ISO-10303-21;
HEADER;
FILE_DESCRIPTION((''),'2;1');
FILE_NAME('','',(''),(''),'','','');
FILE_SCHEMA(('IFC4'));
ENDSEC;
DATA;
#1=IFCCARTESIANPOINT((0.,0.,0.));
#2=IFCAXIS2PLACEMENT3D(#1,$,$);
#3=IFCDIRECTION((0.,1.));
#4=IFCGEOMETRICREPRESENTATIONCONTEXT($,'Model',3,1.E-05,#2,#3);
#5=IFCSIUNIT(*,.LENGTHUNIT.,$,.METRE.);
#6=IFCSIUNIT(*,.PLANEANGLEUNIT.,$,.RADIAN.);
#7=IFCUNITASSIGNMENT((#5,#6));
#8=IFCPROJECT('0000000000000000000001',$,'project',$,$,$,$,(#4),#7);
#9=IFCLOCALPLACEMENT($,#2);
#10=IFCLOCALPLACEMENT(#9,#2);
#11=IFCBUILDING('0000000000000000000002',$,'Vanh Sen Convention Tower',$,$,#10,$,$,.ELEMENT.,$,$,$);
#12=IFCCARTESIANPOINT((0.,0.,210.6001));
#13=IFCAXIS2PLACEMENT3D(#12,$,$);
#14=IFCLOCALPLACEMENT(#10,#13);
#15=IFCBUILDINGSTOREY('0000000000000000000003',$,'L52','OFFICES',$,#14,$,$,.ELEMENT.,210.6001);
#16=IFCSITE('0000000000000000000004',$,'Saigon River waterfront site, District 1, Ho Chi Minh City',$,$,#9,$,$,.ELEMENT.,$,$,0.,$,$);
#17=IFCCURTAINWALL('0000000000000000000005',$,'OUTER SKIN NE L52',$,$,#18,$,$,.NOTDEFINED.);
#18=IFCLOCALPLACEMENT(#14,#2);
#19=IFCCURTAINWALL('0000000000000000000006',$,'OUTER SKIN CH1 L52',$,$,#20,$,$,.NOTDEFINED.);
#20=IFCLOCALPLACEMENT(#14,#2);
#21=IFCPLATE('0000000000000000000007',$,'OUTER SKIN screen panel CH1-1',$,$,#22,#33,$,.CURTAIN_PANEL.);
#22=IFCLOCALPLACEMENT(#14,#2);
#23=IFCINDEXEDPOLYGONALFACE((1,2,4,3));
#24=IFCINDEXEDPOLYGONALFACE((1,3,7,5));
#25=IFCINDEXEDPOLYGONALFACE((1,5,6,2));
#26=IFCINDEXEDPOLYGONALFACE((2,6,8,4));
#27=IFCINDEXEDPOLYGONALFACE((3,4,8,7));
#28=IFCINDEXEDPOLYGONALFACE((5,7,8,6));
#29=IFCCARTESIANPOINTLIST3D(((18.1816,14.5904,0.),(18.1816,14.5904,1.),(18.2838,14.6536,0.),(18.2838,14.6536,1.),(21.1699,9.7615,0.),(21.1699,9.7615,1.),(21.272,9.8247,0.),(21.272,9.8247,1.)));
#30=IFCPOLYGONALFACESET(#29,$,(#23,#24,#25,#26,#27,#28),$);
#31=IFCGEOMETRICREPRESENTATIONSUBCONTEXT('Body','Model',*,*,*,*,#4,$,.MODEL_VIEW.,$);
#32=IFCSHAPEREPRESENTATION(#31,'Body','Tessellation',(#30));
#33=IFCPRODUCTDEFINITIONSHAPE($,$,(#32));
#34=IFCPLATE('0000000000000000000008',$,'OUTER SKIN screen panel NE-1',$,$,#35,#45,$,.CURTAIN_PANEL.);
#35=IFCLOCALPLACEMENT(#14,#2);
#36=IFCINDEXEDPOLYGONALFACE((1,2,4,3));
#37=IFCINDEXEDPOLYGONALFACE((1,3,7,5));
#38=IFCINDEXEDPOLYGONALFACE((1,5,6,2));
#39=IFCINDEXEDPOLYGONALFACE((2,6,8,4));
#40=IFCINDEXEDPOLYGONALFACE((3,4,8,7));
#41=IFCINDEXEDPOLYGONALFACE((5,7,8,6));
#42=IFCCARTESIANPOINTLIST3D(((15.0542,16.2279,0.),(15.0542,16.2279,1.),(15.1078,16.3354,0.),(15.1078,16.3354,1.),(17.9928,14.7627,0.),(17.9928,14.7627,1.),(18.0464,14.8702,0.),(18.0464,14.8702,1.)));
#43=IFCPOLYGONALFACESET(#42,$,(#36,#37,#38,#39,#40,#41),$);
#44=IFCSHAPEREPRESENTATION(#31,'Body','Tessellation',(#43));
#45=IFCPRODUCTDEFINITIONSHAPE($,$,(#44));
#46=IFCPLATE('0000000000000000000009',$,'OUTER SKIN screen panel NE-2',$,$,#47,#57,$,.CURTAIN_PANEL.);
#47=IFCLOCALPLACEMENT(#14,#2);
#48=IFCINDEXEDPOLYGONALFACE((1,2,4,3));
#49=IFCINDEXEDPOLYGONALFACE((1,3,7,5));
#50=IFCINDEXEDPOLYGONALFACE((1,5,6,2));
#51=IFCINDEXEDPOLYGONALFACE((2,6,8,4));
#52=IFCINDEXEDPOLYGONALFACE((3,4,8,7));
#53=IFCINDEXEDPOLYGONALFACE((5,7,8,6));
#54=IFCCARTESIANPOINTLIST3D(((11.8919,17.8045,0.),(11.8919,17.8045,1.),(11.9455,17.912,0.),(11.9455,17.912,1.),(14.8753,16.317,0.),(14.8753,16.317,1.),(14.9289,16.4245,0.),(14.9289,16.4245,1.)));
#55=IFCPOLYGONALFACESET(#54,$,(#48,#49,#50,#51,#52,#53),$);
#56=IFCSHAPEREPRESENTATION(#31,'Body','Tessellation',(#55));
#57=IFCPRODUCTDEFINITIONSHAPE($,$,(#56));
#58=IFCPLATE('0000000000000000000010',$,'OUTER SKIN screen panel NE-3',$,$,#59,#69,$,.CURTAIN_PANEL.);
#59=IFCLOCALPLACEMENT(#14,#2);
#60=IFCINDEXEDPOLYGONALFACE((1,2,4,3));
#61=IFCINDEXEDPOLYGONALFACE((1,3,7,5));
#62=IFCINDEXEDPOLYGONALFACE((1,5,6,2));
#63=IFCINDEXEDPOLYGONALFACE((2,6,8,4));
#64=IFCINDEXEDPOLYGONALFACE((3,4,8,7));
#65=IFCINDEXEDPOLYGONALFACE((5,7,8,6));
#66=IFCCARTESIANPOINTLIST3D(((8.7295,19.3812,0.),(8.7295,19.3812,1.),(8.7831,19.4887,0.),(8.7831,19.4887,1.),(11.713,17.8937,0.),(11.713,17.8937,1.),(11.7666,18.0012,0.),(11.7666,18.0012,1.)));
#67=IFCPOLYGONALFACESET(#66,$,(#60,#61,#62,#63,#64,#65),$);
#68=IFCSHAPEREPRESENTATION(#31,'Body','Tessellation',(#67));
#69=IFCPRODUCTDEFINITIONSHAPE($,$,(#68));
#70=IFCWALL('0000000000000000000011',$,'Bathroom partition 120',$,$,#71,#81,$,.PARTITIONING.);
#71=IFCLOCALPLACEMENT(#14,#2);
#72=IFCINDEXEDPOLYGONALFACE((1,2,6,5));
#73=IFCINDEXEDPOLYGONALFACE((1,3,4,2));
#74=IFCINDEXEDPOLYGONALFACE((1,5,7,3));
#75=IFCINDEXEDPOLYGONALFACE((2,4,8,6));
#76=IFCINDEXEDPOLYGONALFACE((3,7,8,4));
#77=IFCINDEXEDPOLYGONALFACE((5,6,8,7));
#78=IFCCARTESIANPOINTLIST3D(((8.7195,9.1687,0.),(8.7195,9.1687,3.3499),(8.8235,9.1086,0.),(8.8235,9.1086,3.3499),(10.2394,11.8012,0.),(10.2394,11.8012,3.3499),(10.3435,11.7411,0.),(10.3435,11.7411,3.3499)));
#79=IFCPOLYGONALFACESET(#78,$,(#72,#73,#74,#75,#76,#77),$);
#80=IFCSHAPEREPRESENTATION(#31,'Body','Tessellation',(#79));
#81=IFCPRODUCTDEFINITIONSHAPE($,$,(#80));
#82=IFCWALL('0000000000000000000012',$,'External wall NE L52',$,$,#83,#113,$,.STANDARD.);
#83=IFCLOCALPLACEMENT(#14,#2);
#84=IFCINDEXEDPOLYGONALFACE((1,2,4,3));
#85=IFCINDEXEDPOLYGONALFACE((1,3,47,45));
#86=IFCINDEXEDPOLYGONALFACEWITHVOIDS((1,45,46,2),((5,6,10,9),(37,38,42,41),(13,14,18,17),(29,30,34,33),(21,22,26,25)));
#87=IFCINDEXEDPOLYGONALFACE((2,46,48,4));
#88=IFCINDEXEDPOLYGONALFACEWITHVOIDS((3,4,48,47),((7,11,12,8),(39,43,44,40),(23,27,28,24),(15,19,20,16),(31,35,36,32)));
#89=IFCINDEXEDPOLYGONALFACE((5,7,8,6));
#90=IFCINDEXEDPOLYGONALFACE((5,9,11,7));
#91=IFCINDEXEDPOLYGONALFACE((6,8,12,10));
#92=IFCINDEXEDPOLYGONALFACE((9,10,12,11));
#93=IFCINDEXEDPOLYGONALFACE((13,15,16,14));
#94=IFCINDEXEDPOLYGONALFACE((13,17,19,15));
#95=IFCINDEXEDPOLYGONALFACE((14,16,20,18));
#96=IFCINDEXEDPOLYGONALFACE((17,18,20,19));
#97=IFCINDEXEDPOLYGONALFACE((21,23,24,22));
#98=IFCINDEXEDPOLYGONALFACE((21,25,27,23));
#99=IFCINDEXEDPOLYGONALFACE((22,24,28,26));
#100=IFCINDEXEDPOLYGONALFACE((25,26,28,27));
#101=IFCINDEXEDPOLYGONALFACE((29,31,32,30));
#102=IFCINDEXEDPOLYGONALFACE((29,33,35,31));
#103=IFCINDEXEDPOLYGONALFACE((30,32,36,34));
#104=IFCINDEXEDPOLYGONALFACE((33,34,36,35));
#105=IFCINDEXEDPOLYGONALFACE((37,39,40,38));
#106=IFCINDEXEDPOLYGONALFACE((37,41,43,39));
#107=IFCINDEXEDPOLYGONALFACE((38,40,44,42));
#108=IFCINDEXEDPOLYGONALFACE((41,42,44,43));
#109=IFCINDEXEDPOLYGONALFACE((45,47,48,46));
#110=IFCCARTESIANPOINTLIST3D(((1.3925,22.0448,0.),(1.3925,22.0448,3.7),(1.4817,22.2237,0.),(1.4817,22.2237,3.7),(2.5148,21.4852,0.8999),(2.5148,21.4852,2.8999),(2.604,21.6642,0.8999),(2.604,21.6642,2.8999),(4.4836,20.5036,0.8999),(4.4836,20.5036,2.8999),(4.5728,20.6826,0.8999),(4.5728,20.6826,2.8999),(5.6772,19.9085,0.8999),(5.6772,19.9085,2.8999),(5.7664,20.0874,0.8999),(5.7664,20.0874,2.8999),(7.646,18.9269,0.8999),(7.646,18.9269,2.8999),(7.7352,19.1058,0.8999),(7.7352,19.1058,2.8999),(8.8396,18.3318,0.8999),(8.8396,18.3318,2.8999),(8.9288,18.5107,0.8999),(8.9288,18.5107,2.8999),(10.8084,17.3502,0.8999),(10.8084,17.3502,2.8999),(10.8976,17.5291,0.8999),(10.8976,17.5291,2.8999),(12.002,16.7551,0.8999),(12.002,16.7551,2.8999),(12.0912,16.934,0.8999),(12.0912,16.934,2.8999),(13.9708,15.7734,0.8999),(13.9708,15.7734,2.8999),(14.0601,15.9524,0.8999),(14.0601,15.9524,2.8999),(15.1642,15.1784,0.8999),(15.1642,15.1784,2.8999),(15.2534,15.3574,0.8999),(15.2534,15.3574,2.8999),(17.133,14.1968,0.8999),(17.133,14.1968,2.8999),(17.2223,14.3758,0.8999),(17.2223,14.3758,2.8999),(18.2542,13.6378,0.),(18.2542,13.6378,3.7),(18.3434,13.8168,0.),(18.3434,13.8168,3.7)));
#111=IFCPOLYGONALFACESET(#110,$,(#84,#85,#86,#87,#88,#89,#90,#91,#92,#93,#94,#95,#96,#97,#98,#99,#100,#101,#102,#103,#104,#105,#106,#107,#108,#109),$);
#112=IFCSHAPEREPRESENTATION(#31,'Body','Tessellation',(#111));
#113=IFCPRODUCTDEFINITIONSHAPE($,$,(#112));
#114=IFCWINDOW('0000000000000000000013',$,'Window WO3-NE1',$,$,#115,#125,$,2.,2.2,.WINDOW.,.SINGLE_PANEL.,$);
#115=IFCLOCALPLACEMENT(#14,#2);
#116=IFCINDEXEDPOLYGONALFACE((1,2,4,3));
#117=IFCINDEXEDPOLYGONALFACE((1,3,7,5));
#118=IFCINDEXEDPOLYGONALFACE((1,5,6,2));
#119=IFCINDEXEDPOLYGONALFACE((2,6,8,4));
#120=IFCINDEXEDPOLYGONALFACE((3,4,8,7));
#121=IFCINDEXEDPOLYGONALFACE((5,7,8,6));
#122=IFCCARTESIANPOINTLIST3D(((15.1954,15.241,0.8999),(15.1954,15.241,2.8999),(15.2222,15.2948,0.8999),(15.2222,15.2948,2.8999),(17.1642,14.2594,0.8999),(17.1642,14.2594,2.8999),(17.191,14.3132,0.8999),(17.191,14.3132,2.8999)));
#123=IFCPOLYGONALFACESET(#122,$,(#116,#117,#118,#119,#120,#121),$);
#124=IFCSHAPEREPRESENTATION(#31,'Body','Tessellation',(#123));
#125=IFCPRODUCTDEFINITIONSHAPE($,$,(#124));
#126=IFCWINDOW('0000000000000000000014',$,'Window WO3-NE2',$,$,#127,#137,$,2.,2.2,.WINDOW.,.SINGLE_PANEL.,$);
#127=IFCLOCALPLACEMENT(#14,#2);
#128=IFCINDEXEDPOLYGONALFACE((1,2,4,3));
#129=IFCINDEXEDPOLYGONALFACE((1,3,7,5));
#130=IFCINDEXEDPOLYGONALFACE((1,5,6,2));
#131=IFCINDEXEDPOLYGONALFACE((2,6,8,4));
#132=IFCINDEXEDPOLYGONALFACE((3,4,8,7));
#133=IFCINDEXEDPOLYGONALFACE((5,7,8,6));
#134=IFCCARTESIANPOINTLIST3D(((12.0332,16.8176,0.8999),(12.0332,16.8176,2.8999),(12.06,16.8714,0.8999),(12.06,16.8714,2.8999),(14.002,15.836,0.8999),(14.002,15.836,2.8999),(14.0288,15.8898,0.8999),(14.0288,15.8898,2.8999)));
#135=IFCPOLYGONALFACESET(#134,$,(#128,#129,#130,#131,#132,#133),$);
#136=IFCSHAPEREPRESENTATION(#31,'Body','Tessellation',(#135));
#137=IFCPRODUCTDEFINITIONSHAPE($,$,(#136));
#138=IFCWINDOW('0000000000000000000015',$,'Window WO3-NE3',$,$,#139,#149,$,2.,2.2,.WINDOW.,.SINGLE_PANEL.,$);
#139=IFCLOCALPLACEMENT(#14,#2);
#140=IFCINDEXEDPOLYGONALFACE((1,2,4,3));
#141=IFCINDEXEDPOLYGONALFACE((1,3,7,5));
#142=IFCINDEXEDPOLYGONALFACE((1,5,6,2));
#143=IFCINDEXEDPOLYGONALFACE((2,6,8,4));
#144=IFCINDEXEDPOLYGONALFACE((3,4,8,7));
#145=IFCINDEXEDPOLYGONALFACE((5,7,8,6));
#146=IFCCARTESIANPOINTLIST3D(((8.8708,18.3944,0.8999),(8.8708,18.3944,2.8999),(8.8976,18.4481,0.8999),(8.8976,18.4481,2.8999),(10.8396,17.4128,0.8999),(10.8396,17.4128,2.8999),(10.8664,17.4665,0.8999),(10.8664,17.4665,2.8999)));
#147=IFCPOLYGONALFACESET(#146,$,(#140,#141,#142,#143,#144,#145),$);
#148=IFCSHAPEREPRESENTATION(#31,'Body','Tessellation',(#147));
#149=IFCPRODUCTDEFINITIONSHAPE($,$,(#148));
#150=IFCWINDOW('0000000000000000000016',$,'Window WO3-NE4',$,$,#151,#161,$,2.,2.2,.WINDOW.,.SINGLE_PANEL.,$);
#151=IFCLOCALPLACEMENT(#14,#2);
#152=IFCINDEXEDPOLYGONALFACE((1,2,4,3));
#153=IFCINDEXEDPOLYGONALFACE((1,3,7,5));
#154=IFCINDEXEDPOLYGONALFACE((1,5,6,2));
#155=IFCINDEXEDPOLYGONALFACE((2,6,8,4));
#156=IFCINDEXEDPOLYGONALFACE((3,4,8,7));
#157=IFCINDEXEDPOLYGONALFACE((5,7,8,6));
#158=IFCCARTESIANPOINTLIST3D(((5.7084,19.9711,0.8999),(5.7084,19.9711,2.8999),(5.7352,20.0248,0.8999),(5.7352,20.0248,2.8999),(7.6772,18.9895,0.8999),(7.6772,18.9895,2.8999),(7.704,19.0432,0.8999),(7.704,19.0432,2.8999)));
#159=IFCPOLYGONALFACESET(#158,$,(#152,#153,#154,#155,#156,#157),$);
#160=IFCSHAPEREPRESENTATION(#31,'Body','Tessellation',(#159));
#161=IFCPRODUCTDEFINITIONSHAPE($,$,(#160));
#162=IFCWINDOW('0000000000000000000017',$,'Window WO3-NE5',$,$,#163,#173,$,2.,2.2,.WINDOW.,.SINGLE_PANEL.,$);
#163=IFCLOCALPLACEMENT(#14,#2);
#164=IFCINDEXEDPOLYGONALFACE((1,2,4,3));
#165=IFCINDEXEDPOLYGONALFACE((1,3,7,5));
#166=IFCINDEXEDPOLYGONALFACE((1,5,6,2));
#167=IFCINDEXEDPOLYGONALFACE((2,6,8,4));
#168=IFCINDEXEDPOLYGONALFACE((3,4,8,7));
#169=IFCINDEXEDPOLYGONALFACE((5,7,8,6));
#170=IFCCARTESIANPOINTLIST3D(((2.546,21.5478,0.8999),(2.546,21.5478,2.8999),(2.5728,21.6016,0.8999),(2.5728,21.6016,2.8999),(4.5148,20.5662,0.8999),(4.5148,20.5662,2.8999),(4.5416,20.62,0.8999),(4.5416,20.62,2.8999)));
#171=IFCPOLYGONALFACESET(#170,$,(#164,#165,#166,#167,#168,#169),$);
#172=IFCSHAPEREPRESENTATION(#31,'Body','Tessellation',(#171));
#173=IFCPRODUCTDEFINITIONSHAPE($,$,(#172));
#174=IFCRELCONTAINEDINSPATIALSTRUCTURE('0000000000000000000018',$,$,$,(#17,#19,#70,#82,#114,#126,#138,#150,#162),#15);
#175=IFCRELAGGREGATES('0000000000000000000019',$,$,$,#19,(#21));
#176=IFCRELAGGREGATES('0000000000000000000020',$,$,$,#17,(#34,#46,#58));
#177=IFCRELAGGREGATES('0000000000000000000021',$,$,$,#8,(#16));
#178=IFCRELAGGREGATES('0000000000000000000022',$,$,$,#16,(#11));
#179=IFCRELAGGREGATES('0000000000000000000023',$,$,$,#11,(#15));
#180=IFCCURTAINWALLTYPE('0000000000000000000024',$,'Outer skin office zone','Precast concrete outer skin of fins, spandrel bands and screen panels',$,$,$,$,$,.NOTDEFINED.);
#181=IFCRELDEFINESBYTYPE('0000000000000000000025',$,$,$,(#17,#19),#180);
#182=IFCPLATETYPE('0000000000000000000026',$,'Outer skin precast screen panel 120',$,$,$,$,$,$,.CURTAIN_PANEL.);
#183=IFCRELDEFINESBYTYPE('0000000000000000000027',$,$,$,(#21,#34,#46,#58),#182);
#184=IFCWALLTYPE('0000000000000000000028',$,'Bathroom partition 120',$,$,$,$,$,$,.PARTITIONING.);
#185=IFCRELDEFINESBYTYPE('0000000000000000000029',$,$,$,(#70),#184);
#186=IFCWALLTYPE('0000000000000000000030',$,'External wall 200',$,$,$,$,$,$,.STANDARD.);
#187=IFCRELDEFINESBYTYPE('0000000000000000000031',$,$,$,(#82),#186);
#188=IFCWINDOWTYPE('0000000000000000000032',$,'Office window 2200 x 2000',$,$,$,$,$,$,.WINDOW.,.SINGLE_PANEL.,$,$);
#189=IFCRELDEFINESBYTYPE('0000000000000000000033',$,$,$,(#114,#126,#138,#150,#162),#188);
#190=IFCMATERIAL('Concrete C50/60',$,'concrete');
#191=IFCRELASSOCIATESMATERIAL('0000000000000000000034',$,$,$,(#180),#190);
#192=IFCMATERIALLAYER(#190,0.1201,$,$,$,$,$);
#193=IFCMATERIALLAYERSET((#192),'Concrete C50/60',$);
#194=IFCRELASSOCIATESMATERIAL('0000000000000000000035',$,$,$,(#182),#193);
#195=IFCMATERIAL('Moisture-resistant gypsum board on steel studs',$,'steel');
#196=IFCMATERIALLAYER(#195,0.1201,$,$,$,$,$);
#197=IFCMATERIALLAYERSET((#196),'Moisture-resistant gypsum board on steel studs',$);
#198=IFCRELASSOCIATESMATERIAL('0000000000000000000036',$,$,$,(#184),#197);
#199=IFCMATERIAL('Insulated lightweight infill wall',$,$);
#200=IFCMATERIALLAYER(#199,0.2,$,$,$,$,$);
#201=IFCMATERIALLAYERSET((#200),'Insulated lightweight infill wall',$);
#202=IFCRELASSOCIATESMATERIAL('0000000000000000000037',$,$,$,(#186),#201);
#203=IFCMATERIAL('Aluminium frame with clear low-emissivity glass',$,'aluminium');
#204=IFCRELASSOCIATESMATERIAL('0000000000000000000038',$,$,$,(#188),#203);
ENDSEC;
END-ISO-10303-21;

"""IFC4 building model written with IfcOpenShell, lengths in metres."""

from ifc_helpers import new_model, si_unit, direction, frame, frame_2d, origin, origin_2d, place, context, subcontext, project, spatial, rectangle, extrude, material, layer, layer_set, type_object, element, fill, aggregate, save


model = new_model("IFC4")

# Units and contexts
model_context = context("Model", 3, precision=1e-05, world=origin(), true_north=direction((0.0, 1.0)))
body_context = subcontext(model_context, "Body", "Model", "MODEL_VIEW")
ifc_project = project(units=[si_unit("LENGTHUNIT", "METRE"), si_unit("PLANEANGLEUNIT", "RADIAN")], contexts=[model_context])

# Site, building, storey
site_placement = place(None, origin())
site = spatial("IfcSite", under=ifc_project, at=site_placement, Name="Saigon River waterfront site, District 1, Ho Chi Minh City", CompositionType="ELEMENT", RefElevation=0.0)
building_placement = place(site_placement, origin())
building = spatial("IfcBuilding", under=site, at=building_placement, Name="Vanh Sen Convention Tower", CompositionType="ELEMENT")
storey_placement = place(building_placement, frame((0.0, 0.0, 210.6001)))
storey = spatial("IfcBuildingStorey", under=building, at=storey_placement, Name="L52", Description="OFFICES", CompositionType="ELEMENT", Elevation=210.6001)

# Curtain wall
ifc_material_1 = material(Name="Concrete C50/60", Category="concrete")
curtain_wall_type = type_object("IfcCurtainWallType", Name="Outer skin office zone", Description="Precast concrete outer skin of fins, spandrel bands and screen panels", PredefinedType="NOTDEFINED", material=ifc_material_1)
curtain_wall_1_placement = place(storey_placement, origin())
curtain_wall_1 = element("IfcCurtainWall", 1, at=curtain_wall_1_placement, inside=storey, type_object=curtain_wall_type, Name="OUTER SKIN NE L52", PredefinedType="NOTDEFINED")

# Curtain wall, plate
curtain_wall_2_placement = place(storey_placement, origin())
curtain_wall_2 = element("IfcCurtainWall", 2, at=curtain_wall_2_placement, inside=storey, type_object=curtain_wall_type, Name="OUTER SKIN CH1 L52", PredefinedType="NOTDEFINED")
ifc_layer_1 = layer(ifc_material_1, 0.1201)
ifc_layer_set_1 = layer_set([ifc_layer_1], Name="Concrete C50/60")
plate_type = type_object("IfcPlateType", Name="Outer skin precast screen panel 120", PredefinedType="CURTAIN_PANEL", material=ifc_layer_set_1)
plate_1_placement = place(storey_placement, frame((19.7268, 12.2075, 0.0), z_axis=(0.0, 0.0, 1.0), x_axis=(-0.526217, 0.85035, 0.0)))
plate_1 = element("IfcPlate", 3, at=plate_1_placement, type_object=plate_type, Name="OUTER SKIN screen panel CH1-1", PredefinedType="CURTAIN_PANEL", context=body_context, shape_type="SweptSolid", body=[
    extrude(rectangle(XDim=5.6787, YDim=0.1201, at=origin_2d()), origin(), (0.0, 0.0, 1.0), 1.0),
])
aggregate(curtain_wall_2, [plate_1])

# Plates
plate_2_placement = place(storey_placement, frame((16.5503, 15.5491, 0.0), z_axis=(0.0, 0.0, 1.0), x_axis=(-0.89493, 0.446206, 0.0)))
plate_2 = element("IfcPlate", 4, at=plate_2_placement, type_object=plate_type, Name="OUTER SKIN screen panel NE-1", PredefinedType="CURTAIN_PANEL", context=body_context, shape_type="SweptSolid", body=[
    extrude(rectangle(XDim=3.2837, YDim=0.1201, at=origin_2d()), origin(), (0.0, 0.0, 1.0), 1.0),
])
plate_3_placement = place(storey_placement, frame((13.4104, 17.1145, 0.0), z_axis=(0.0, 0.0, 1.0), x_axis=(-0.894936, 0.446195, 0.0)))
plate_3 = element("IfcPlate", 5, at=plate_3_placement, type_object=plate_type, Name="OUTER SKIN screen panel NE-2", PredefinedType="CURTAIN_PANEL", context=body_context, shape_type="SweptSolid", body=[
    extrude(rectangle(XDim=3.3337, YDim=0.1201, at=origin_2d()), origin(), (0.0, 0.0, 1.0), 1.0),
])
plate_4_placement = place(storey_placement, frame((10.248, 18.6912, 0.0), z_axis=(0.0, 0.0, 1.0), x_axis=(-0.894936, 0.446195, 0.0)))
plate_4 = element("IfcPlate", 6, at=plate_4_placement, type_object=plate_type, Name="OUTER SKIN screen panel NE-3", PredefinedType="CURTAIN_PANEL", context=body_context, shape_type="SweptSolid", body=[
    extrude(rectangle(XDim=3.3337, YDim=0.1201, at=origin_2d()), origin(), (0.0, 0.0, 1.0), 1.0),
])
aggregate(curtain_wall_1, [plate_2, plate_3, plate_4])

# Wall
ifc_material_2 = material(Name="Moisture-resistant gypsum board on steel studs", Category="steel")
ifc_layer_2 = layer(ifc_material_2, 0.1201)
ifc_layer_set_2 = layer_set([ifc_layer_2], Name="Moisture-resistant gypsum board on steel studs")
wall_type_1 = type_object("IfcWallType", Name="Bathroom partition 120", PredefinedType="PARTITIONING", material=ifc_layer_set_2)
wall_1_placement = place(storey_placement, frame((10.2915, 11.7712, 0.0), z_axis=(0.0, 0.0, 1.0), x_axis=(-0.500026, -0.86601, 0.0)))
element("IfcWall", 7, at=wall_1_placement, inside=storey, type_object=wall_type_1, Name="Bathroom partition 120", PredefinedType="PARTITIONING", context=body_context, shape_type="SweptSolid", body=[
    extrude(rectangle(XDim=3.0398, YDim=0.1201, at=frame_2d((1.52, 0.0))), origin(), (0.0, 0.0, 1.0), 3.3499),
])

# Wall, openings, windows
ifc_material_3 = material(Name="Insulated lightweight infill wall")
ifc_layer_3 = layer(ifc_material_3, 0.2)
ifc_layer_set_3 = layer_set([ifc_layer_3], Name="Insulated lightweight infill wall")
wall_type_2 = type_object("IfcWallType", Name="External wall 200", PredefinedType="STANDARD", material=ifc_layer_set_3)
wall_2_placement = place(storey_placement, frame((18.2988, 13.7273, 0.0), z_axis=(0.0, 0.0, 1.0), x_axis=(-0.894935, 0.446197, 0.0)))
wall_2 = element("IfcWall", 8, at=wall_2_placement, inside=storey, type_object=wall_type_2, Name="External wall NE L52", PredefinedType="STANDARD", context=body_context, shape_type="SweptSolid", body=[
    extrude(rectangle(XDim=18.8413, YDim=0.2, at=frame_2d((9.4207, 0.0))), origin(), (0.0, 0.0, 1.0), 3.7),
])
opening_1_placement = place(wall_2_placement, frame((1.2527, 0.0, 0.8999)))
opening_1 = element("IfcOpeningElement", 9, at=opening_1_placement, cuts=wall_2, PredefinedType="OPENING", context=body_context, shape_type="SweptSolid", body=[
    extrude(rectangle(XDim=2.2, YDim=2.0, at=frame_2d((1.1001, 1.0))), frame((0.0, 0.1099, 0.0), z_axis=(0.0, -1.0, 0.0), x_axis=(1.0, 0.0, 0.0)), (0.0, 0.0, 1.0), 0.22),
])
opening_2_placement = place(wall_2_placement, frame((4.7861, 0.0, 0.8999)))
opening_2 = element("IfcOpeningElement", 10, at=opening_2_placement, cuts=wall_2, PredefinedType="OPENING", context=body_context, shape_type="SweptSolid", body=[
    extrude(rectangle(XDim=2.2, YDim=2.0, at=frame_2d((1.1001, 1.0))), frame((0.0, 0.1099, 0.0), z_axis=(0.0, -1.0, 0.0), x_axis=(1.0, 0.0, 0.0)), (0.0, 0.0, 1.0), 0.22),
])
opening_3_placement = place(wall_2_placement, frame((8.3198, 0.0, 0.8999)))
opening_3 = element("IfcOpeningElement", 11, at=opening_3_placement, cuts=wall_2, PredefinedType="OPENING", context=body_context, shape_type="SweptSolid", body=[
    extrude(rectangle(XDim=2.2, YDim=2.0, at=frame_2d((1.1001, 1.0))), frame((0.0, 0.1099, 0.0), z_axis=(0.0, -1.0, 0.0), x_axis=(1.0, 0.0, 0.0)), (0.0, 0.0, 1.0), 0.22),
])
opening_4_placement = place(wall_2_placement, frame((11.8535, 0.0, 0.8999)))
opening_4 = element("IfcOpeningElement", 12, at=opening_4_placement, cuts=wall_2, PredefinedType="OPENING", context=body_context, shape_type="SweptSolid", body=[
    extrude(rectangle(XDim=2.2, YDim=2.0, at=frame_2d((1.1001, 1.0))), frame((0.0, 0.1099, 0.0), z_axis=(0.0, -1.0, 0.0), x_axis=(1.0, 0.0, 0.0)), (0.0, 0.0, 1.0), 0.22),
])
opening_5_placement = place(wall_2_placement, frame((15.3872, 0.0, 0.8999)))
opening_5 = element("IfcOpeningElement", 13, at=opening_5_placement, cuts=wall_2, PredefinedType="OPENING", context=body_context, shape_type="SweptSolid", body=[
    extrude(rectangle(XDim=2.2, YDim=2.0, at=frame_2d((1.1001, 1.0))), frame((0.0, 0.1099, 0.0), z_axis=(0.0, -1.0, 0.0), x_axis=(1.0, 0.0, 0.0)), (0.0, 0.0, 1.0), 0.22),
])
ifc_material_4 = material(Name="Aluminium frame with clear low-emissivity glass", Category="aluminium")
window_type = type_object("IfcWindowType", Name="Office window 2200 x 2000", PartitioningType="SINGLE_PANEL", PredefinedType="WINDOW", material=ifc_material_4)
window_1_placement = place(opening_1_placement, origin())
window_1 = element("IfcWindow", 14, at=window_1_placement, inside=storey, type_object=window_type, Name="Window WO3-NE1", OverallHeight=2.0, OverallWidth=2.2, PartitioningType="SINGLE_PANEL", PredefinedType="WINDOW", context=body_context, shape_type="SweptSolid", body=[
    extrude(rectangle(XDim=2.2, YDim=2.0, at=frame_2d((1.1001, 1.0))), frame((0.0, 0.03, 0.0), z_axis=(0.0, -1.0, 0.0), x_axis=(1.0, 0.0, 0.0)), (0.0, 0.0, 1.0), 0.0601),
])
fill(opening_1, window_1)
window_2_placement = place(opening_2_placement, origin())
window_2 = element("IfcWindow", 15, at=window_2_placement, inside=storey, type_object=window_type, Name="Window WO3-NE2", OverallHeight=2.0, OverallWidth=2.2, PartitioningType="SINGLE_PANEL", PredefinedType="WINDOW", context=body_context, shape_type="SweptSolid", body=[
    extrude(rectangle(XDim=2.2, YDim=2.0, at=frame_2d((1.1001, 1.0))), frame((0.0, 0.03, 0.0), z_axis=(0.0, -1.0, 0.0), x_axis=(1.0, 0.0, 0.0)), (0.0, 0.0, 1.0), 0.0601),
])
fill(opening_2, window_2)
window_3_placement = place(opening_3_placement, origin())
window_3 = element("IfcWindow", 16, at=window_3_placement, inside=storey, type_object=window_type, Name="Window WO3-NE3", OverallHeight=2.0, OverallWidth=2.2, PartitioningType="SINGLE_PANEL", PredefinedType="WINDOW", context=body_context, shape_type="SweptSolid", body=[
    extrude(rectangle(XDim=2.2, YDim=2.0, at=frame_2d((1.1001, 1.0))), frame((0.0, 0.03, 0.0), z_axis=(0.0, -1.0, 0.0), x_axis=(1.0, 0.0, 0.0)), (0.0, 0.0, 1.0), 0.0601),
])
fill(opening_3, window_3)
window_4_placement = place(opening_4_placement, origin())
window_4 = element("IfcWindow", 17, at=window_4_placement, inside=storey, type_object=window_type, Name="Window WO3-NE4", OverallHeight=2.0, OverallWidth=2.2, PartitioningType="SINGLE_PANEL", PredefinedType="WINDOW", context=body_context, shape_type="SweptSolid", body=[
    extrude(rectangle(XDim=2.2, YDim=2.0, at=frame_2d((1.1001, 1.0))), frame((0.0, 0.03, 0.0), z_axis=(0.0, -1.0, 0.0), x_axis=(1.0, 0.0, 0.0)), (0.0, 0.0, 1.0), 0.0601),
])
fill(opening_4, window_4)
window_5_placement = place(opening_5_placement, origin())
window_5 = element("IfcWindow", 18, at=window_5_placement, inside=storey, type_object=window_type, Name="Window WO3-NE5", OverallHeight=2.0, OverallWidth=2.2, PartitioningType="SINGLE_PANEL", PredefinedType="WINDOW", context=body_context, shape_type="SweptSolid", body=[
    extrude(rectangle(XDim=2.2, YDim=2.0, at=frame_2d((1.1001, 1.0))), frame((0.0, 0.03, 0.0), z_axis=(0.0, -1.0, 0.0), x_axis=(1.0, 0.0, 0.0)), (0.0, 0.0, 1.0), 0.0601),
])
fill(opening_5, window_5)

save(model, "model.ifc")
